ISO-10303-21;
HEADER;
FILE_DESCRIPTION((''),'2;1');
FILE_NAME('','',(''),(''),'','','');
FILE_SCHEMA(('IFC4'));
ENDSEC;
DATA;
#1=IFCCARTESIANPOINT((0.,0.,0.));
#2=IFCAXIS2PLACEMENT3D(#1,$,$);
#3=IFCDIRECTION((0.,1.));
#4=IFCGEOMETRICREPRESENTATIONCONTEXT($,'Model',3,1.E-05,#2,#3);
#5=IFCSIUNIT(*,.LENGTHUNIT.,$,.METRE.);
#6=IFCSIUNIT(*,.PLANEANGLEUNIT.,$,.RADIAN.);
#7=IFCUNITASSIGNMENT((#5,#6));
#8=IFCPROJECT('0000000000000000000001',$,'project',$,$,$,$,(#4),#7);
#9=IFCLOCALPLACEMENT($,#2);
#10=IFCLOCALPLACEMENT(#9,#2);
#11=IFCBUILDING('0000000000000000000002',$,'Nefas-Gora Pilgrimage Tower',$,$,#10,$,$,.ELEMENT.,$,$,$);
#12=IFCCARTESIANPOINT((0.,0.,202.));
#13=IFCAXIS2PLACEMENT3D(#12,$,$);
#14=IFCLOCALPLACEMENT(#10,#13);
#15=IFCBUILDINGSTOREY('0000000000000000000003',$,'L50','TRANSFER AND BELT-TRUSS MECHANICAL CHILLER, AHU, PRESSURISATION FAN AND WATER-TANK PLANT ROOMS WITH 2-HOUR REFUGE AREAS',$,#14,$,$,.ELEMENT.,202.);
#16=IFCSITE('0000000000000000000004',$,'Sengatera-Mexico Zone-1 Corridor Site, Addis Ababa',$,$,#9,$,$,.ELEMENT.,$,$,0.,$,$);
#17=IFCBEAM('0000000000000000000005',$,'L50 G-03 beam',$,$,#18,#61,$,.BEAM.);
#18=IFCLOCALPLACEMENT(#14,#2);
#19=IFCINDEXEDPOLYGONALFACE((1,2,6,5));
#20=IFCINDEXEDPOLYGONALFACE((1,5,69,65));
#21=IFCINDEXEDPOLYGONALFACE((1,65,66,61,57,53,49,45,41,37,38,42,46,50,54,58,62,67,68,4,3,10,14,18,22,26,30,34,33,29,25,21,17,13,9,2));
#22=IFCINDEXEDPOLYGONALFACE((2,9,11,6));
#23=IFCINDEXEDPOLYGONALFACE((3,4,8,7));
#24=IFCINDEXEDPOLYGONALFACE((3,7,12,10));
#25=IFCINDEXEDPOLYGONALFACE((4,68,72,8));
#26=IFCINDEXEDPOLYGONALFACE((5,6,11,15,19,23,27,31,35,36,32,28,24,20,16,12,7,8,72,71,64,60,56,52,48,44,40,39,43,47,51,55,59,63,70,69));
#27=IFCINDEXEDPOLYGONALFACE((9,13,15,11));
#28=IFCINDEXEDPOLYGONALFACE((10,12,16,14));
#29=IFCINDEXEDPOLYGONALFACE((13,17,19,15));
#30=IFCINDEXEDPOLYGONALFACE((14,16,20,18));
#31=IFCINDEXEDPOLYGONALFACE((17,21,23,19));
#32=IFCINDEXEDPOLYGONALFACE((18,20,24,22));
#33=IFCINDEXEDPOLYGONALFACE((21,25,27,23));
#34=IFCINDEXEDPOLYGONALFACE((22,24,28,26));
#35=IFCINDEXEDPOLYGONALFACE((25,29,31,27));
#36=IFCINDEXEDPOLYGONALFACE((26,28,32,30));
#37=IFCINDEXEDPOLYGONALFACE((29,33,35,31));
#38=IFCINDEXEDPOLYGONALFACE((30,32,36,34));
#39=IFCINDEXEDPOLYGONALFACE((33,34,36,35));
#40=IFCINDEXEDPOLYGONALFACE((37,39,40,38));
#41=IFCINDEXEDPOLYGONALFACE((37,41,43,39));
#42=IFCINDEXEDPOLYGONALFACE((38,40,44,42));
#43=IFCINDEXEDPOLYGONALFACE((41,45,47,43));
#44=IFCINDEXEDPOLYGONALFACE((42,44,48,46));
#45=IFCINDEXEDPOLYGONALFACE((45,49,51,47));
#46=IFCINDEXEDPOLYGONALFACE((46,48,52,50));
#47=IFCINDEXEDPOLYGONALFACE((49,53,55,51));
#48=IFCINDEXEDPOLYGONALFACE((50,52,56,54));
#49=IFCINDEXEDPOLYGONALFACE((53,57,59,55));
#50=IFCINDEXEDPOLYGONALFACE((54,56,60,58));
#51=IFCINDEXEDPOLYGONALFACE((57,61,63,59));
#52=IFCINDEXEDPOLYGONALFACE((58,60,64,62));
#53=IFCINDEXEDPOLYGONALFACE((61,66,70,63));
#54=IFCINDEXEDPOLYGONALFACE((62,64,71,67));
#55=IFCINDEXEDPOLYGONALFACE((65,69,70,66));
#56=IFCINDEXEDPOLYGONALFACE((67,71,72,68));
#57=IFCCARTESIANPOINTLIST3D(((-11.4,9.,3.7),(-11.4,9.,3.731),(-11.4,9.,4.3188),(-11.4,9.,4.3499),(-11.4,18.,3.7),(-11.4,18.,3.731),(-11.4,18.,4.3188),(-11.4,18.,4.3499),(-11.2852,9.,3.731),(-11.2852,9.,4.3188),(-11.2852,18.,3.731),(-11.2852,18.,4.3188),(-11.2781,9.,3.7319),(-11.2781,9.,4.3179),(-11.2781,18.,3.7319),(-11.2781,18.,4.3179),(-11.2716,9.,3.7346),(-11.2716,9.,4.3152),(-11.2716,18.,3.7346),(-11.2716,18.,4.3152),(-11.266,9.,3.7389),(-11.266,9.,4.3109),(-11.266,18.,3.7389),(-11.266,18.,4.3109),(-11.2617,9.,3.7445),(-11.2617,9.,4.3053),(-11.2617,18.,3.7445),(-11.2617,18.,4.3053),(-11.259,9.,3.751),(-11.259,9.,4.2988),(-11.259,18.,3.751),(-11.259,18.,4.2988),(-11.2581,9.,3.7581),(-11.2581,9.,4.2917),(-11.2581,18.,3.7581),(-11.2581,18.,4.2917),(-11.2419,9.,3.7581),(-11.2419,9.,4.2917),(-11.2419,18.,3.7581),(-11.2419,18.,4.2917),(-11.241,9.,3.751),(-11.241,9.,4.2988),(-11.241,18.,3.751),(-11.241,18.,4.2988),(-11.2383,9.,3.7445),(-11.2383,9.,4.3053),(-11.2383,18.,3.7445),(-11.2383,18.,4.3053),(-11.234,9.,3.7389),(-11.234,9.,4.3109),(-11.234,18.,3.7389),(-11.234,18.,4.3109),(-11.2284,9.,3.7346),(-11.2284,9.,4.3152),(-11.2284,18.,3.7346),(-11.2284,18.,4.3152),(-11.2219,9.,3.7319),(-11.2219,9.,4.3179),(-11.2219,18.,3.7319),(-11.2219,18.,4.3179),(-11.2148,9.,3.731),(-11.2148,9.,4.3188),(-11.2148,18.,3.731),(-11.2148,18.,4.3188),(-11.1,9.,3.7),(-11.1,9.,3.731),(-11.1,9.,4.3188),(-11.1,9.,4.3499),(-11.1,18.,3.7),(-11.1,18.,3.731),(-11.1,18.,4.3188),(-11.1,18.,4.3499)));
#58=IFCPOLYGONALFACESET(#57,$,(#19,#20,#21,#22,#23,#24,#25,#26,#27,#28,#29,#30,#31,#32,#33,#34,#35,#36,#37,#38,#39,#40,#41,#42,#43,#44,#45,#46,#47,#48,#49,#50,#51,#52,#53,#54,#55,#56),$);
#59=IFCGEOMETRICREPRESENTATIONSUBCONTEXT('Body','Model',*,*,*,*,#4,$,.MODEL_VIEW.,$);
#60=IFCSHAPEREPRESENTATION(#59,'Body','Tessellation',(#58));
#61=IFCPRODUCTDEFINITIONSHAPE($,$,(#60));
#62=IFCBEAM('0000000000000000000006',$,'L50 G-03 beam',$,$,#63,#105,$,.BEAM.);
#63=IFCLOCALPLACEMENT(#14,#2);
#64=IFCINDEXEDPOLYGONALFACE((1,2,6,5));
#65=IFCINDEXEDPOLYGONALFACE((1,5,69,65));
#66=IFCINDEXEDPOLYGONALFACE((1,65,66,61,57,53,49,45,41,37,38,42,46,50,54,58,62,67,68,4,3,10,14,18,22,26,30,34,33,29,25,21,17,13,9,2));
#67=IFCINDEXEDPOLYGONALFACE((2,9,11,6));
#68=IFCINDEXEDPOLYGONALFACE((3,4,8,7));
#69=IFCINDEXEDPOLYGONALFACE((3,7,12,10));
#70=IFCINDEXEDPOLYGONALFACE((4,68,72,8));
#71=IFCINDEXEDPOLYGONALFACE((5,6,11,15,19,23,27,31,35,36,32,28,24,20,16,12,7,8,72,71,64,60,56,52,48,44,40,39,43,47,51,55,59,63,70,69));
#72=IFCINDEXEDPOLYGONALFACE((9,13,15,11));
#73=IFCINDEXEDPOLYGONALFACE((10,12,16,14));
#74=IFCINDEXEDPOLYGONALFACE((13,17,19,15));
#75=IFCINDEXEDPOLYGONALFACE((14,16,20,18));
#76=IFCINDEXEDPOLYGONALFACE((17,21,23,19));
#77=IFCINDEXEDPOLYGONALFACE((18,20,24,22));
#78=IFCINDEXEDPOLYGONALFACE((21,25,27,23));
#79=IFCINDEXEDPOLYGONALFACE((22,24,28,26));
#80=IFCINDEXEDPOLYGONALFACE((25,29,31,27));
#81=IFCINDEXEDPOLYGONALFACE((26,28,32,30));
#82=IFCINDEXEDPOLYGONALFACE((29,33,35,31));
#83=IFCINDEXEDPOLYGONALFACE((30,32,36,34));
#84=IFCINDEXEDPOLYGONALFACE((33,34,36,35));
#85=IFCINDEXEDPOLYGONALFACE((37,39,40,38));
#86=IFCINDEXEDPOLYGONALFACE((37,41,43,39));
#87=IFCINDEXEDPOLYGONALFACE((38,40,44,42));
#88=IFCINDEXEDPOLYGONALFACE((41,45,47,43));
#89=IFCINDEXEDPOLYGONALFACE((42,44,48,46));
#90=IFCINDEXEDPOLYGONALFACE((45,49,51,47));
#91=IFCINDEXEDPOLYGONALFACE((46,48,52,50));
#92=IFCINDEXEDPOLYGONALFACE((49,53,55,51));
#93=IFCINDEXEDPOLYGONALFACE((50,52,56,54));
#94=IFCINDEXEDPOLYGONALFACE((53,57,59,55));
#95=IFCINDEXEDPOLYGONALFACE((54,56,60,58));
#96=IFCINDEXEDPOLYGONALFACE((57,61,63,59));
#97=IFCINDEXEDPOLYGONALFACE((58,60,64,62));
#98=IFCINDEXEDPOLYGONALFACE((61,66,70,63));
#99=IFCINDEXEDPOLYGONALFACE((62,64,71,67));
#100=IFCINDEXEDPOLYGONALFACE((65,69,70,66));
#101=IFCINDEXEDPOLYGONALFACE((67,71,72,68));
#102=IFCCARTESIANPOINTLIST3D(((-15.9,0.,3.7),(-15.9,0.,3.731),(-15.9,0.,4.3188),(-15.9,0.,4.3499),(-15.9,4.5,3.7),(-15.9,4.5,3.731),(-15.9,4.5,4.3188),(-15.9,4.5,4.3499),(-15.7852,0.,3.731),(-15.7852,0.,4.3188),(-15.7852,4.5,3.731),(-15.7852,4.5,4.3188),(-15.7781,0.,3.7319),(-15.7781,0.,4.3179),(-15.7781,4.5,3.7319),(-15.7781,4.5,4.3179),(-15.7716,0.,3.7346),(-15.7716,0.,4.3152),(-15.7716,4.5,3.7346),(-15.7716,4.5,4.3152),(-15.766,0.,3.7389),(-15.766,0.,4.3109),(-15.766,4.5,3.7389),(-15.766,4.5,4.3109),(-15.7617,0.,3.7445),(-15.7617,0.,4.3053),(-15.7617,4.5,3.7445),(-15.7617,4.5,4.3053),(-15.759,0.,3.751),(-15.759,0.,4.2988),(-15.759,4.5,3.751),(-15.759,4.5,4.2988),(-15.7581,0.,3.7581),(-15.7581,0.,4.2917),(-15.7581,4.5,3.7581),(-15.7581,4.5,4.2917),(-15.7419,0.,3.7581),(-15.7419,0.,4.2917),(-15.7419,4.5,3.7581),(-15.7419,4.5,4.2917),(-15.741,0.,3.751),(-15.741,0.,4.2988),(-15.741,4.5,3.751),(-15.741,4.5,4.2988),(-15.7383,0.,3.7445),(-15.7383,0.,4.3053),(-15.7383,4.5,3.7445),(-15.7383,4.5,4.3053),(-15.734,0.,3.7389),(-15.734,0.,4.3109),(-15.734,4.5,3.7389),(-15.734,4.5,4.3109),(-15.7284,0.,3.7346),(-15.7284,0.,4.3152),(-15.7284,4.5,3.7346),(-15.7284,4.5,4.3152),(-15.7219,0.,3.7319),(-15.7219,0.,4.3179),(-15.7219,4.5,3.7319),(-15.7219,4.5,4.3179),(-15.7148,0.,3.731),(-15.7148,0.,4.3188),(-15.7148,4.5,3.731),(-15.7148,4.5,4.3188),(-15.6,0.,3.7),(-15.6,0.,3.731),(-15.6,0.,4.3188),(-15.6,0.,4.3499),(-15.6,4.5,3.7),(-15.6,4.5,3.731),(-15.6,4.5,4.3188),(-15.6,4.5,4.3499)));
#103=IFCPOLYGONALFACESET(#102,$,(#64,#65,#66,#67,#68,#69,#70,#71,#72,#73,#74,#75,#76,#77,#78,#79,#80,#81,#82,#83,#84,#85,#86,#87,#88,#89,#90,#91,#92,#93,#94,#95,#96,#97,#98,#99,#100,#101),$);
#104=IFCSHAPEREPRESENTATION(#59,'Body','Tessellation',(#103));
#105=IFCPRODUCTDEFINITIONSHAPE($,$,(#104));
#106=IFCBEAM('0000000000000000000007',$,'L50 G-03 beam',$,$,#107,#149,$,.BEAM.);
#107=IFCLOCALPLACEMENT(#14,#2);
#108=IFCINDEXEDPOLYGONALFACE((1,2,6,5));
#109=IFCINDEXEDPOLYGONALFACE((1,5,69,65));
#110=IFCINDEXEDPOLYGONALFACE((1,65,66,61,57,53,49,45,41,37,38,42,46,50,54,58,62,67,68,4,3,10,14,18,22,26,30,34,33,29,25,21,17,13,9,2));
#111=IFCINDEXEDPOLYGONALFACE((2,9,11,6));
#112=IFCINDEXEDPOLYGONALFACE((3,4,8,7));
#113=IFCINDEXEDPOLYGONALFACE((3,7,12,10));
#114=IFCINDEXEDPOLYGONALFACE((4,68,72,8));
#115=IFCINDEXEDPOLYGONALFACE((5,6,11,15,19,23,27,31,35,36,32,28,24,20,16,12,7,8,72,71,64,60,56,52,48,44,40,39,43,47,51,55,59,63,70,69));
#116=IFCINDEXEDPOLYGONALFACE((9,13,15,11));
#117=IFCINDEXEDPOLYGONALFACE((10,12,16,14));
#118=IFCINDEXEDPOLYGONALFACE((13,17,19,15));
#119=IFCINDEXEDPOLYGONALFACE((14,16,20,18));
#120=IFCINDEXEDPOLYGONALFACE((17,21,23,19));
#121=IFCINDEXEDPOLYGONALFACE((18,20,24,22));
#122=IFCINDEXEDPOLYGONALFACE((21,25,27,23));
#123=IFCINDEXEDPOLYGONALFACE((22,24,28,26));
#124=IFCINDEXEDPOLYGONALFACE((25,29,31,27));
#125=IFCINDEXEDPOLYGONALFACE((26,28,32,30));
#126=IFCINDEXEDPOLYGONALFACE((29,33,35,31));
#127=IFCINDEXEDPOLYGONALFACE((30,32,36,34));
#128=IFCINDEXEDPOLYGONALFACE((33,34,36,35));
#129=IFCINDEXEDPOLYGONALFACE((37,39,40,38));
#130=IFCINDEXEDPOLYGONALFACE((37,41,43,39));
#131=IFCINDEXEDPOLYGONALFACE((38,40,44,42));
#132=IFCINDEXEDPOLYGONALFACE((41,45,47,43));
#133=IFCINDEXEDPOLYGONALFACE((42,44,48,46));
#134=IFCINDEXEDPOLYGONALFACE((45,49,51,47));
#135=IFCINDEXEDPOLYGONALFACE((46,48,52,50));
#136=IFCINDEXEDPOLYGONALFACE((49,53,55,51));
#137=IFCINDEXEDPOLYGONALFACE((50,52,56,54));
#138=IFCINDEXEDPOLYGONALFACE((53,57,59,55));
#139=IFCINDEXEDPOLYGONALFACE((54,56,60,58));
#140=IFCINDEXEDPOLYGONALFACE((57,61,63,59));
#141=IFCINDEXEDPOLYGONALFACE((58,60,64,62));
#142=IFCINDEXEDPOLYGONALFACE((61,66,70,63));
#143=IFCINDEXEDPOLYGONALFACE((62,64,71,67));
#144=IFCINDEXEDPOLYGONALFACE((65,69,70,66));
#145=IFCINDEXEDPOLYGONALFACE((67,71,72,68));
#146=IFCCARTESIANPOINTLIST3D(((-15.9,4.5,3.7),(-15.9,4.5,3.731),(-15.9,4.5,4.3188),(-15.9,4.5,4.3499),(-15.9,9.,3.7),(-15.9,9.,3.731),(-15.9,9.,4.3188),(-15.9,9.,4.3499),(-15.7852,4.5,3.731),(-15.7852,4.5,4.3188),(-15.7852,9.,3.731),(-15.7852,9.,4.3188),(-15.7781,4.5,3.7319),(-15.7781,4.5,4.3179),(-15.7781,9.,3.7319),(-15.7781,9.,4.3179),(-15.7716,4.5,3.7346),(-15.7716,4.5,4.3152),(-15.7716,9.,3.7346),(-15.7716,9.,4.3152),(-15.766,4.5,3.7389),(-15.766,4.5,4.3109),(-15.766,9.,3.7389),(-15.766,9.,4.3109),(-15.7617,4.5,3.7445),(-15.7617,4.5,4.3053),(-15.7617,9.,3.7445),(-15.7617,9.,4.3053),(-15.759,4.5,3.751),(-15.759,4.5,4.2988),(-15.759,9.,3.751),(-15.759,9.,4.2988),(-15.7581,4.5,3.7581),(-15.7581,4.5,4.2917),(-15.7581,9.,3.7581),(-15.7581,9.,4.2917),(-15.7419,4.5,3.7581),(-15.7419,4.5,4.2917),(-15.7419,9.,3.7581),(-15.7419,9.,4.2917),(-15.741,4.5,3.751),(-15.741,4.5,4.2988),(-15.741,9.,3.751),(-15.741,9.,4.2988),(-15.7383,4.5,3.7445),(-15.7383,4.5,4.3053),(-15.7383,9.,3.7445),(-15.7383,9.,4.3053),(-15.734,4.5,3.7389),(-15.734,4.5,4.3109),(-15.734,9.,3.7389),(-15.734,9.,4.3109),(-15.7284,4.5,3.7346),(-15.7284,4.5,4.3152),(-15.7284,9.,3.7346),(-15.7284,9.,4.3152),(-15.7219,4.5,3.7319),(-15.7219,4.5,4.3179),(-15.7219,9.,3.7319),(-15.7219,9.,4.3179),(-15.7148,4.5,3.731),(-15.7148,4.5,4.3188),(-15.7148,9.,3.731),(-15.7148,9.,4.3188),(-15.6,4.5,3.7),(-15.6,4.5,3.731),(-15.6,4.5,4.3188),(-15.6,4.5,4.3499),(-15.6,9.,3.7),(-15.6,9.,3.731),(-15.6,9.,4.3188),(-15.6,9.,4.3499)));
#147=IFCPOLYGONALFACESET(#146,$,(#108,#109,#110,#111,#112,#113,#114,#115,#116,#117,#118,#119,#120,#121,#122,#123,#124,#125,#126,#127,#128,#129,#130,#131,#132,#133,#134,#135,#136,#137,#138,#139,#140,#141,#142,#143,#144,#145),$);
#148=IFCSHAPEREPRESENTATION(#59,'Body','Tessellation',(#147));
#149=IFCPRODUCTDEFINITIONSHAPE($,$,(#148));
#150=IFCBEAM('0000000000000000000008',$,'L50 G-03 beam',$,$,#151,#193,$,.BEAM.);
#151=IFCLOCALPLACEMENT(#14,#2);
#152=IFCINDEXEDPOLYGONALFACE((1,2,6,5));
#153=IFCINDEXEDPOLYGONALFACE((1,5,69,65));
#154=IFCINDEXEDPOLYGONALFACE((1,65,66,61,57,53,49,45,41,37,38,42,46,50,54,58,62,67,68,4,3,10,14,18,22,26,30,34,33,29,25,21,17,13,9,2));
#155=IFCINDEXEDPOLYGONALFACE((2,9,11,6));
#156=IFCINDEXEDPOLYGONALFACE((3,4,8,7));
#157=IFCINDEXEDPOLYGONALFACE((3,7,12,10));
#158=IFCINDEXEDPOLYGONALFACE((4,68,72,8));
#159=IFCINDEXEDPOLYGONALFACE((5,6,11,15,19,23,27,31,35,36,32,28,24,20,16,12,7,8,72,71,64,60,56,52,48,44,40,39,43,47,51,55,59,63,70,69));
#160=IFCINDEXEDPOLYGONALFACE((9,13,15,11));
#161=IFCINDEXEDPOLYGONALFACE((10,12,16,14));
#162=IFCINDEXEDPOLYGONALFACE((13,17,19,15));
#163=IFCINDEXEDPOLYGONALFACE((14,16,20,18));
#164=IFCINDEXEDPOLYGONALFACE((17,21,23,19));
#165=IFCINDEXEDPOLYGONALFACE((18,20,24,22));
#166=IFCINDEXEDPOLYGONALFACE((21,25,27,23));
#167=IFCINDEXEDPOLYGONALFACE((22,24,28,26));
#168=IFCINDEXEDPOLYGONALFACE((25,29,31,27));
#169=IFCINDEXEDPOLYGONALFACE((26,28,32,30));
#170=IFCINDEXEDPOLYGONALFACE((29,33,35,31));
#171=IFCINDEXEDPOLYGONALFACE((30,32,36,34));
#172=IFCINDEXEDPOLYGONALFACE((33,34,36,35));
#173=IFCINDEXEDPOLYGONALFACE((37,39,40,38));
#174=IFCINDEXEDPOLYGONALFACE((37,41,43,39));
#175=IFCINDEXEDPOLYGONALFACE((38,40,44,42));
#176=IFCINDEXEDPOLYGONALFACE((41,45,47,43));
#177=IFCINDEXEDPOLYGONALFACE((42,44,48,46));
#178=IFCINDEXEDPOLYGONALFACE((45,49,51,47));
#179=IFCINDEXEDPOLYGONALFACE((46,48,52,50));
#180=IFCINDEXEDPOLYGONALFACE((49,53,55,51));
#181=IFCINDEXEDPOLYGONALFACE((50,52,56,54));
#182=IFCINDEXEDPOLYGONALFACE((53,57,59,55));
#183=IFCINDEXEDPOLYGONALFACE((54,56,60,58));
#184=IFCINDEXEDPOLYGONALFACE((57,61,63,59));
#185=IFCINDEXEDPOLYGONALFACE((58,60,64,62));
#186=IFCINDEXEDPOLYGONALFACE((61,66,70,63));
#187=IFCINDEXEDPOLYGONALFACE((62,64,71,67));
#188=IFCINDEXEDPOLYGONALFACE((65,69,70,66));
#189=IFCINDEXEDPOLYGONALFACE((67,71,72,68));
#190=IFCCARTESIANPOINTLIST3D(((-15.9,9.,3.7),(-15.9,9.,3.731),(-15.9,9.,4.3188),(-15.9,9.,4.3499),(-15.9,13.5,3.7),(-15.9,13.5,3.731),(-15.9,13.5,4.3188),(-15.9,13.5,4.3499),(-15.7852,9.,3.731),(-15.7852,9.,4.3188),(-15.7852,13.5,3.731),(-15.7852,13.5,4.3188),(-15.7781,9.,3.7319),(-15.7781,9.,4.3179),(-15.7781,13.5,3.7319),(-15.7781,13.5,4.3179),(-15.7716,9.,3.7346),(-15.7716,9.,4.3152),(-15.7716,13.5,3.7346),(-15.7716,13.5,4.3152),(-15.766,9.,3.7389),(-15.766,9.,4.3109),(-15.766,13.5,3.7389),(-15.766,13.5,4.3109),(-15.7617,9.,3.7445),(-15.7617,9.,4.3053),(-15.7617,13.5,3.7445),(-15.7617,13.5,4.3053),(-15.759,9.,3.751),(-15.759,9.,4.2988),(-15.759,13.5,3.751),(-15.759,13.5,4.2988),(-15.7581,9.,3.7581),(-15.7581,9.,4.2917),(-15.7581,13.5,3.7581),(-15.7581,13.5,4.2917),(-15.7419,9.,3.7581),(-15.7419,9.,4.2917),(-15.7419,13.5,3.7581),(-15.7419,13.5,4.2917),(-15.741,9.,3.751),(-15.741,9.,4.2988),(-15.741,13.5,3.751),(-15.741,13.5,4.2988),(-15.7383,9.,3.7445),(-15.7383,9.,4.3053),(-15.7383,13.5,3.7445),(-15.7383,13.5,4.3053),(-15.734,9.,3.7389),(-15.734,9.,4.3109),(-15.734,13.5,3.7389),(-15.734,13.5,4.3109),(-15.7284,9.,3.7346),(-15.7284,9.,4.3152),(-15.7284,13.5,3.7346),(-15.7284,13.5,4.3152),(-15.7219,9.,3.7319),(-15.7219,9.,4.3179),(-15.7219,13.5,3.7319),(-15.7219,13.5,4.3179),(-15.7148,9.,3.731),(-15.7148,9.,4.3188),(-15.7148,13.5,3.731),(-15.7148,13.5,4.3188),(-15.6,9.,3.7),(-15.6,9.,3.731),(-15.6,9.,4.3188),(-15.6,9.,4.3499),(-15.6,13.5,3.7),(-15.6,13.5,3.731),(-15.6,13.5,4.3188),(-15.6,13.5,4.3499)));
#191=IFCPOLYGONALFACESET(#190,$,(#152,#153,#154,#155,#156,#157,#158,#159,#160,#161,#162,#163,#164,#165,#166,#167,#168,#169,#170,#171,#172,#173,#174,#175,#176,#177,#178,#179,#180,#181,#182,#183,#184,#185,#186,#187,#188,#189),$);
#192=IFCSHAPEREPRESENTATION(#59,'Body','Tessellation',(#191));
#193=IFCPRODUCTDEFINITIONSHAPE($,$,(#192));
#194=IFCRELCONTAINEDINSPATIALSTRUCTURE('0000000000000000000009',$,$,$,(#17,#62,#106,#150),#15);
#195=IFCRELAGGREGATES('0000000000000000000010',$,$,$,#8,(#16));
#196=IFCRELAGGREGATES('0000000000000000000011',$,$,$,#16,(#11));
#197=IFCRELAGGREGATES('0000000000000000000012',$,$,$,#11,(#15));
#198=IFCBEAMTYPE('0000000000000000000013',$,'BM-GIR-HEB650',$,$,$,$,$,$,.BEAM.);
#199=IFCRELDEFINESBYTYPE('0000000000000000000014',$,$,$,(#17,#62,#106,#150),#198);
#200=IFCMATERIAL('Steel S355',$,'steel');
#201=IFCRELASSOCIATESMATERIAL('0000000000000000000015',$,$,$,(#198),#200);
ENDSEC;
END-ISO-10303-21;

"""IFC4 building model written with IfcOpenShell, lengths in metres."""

from ifc_helpers import new_model, si_unit, direction, frame, origin, origin_2d, place, context, subcontext, project, spatial, i_section, extrude, source, transform, mapped, material, material_profile, profile_set, type_object, element, save


model = new_model("IFC4")

# Units and contexts
model_context = context("Model", 3, precision=1e-05, world=origin(), true_north=direction((0.0, 1.0)))
body_context = subcontext(model_context, "Body", "Model", "MODEL_VIEW")
ifc_project = project(units=[si_unit("LENGTHUNIT", "METRE"), si_unit("PLANEANGLEUNIT", "RADIAN")], contexts=[model_context])

# Site, building, storey
site_placement = place(None, origin())
site = spatial("IfcSite", under=ifc_project, at=site_placement, Name="Sengatera-Mexico Zone-1 Corridor Site, Addis Ababa", CompositionType="ELEMENT", RefElevation=0.0)
building_placement = place(site_placement, origin())
building = spatial("IfcBuilding", under=site, at=building_placement, Name="Nefas-Gora Pilgrimage Tower", CompositionType="ELEMENT")
storey_placement = place(building_placement, frame((0.0, 0.0, 202.0)))
storey = spatial("IfcBuildingStorey", under=building, at=storey_placement, Name="L50", Description="TRANSFER AND BELT-TRUSS MECHANICAL CHILLER, AHU, PRESSURISATION FAN AND WATER-TANK PLANT ROOMS WITH 2-HOUR REFUGE AREAS", CompositionType="ELEMENT", Elevation=202.0)

# Beams
ifc_material_1 = material(Name="Steel S355", Category="steel")
ifc_material_profile_1 = material_profile(ifc_material_1, i_section(OverallWidth=0.3, OverallDepth=0.6499, WebThickness=0.0161, FlangeThickness=0.031, FilletRadius=0.0271, at=origin_2d()), Name="HEB 650")
ifc_profile_set_1 = profile_set([ifc_material_profile_1], Name="Steel S355")
beam_type = type_object("IfcBeamType", Name="BM-GIR-HEB650", PredefinedType="BEAM", material=ifc_profile_set_1)
shared_shape_1 = source(origin(), body_context, "Body", "SweptSolid", [
    extrude(i_section(OverallWidth=0.3, OverallDepth=0.6499, WebThickness=0.0161, FlangeThickness=0.031, FilletRadius=0.0271, at=origin_2d()), origin(), (0.0, 0.0, 1.0), 9.0),
])
beam_placement = place(storey_placement, frame((-11.25, 9.0, 4.0249), z_axis=(0.0, 1.0, 0.0), x_axis=(-1.0, 0.0, 0.0)))
element("IfcBeam", 1, at=beam_placement, inside=storey, type_object=beam_type, Name="L50 G-03 beam", PredefinedType="BEAM", context=body_context, shape_type="MappedRepresentation", body=[
    mapped(shared_shape_1, transform((0.0, 0.0, 0.0), x_axis=(1.0, 0.0, 0.0), y_axis=(0.0, 1.0, 0.0), z_axis=(0.0, 0.0, 1.0), scale=1.0)),
])
shared_shape_2 = source(origin(), body_context, "Body", "SweptSolid", [
    extrude(i_section(OverallWidth=0.3, OverallDepth=0.6499, WebThickness=0.0161, FlangeThickness=0.031, FilletRadius=0.0271, at=origin_2d()), origin(), (0.0, 0.0, 1.0), 4.5),
])
for number, where, z_axis, x_axis, name in (
    (2, (-15.75, 0.0, 4.0249), (0.0, 1.0, 0.0), (-1.0, 0.0, 0.0), "L50 G-03 beam"),
    (3, (-15.75, 4.5, 4.0249), (0.0, 1.0, 0.0), (-1.0, 0.0, 0.0), "L50 G-03 beam"),
    (4, (-15.75, 9.0, 4.0249), (0.0, 1.0, 0.0), (-1.0, 0.0, 0.0), "L50 G-03 beam"),
):
    element("IfcBeam", number, at=place(storey_placement, frame(where, z_axis=z_axis, x_axis=x_axis)), inside=storey, type_object=beam_type, Name=name, PredefinedType="BEAM", context=body_context, shape_type="MappedRepresentation", body=[
        mapped(shared_shape_2, transform((0.0, 0.0, 0.0), x_axis=(1.0, 0.0, 0.0), y_axis=(0.0, 1.0, 0.0), z_axis=(0.0, 0.0, 1.0), scale=1.0)),
    ])

save(model, "model.ifc")
